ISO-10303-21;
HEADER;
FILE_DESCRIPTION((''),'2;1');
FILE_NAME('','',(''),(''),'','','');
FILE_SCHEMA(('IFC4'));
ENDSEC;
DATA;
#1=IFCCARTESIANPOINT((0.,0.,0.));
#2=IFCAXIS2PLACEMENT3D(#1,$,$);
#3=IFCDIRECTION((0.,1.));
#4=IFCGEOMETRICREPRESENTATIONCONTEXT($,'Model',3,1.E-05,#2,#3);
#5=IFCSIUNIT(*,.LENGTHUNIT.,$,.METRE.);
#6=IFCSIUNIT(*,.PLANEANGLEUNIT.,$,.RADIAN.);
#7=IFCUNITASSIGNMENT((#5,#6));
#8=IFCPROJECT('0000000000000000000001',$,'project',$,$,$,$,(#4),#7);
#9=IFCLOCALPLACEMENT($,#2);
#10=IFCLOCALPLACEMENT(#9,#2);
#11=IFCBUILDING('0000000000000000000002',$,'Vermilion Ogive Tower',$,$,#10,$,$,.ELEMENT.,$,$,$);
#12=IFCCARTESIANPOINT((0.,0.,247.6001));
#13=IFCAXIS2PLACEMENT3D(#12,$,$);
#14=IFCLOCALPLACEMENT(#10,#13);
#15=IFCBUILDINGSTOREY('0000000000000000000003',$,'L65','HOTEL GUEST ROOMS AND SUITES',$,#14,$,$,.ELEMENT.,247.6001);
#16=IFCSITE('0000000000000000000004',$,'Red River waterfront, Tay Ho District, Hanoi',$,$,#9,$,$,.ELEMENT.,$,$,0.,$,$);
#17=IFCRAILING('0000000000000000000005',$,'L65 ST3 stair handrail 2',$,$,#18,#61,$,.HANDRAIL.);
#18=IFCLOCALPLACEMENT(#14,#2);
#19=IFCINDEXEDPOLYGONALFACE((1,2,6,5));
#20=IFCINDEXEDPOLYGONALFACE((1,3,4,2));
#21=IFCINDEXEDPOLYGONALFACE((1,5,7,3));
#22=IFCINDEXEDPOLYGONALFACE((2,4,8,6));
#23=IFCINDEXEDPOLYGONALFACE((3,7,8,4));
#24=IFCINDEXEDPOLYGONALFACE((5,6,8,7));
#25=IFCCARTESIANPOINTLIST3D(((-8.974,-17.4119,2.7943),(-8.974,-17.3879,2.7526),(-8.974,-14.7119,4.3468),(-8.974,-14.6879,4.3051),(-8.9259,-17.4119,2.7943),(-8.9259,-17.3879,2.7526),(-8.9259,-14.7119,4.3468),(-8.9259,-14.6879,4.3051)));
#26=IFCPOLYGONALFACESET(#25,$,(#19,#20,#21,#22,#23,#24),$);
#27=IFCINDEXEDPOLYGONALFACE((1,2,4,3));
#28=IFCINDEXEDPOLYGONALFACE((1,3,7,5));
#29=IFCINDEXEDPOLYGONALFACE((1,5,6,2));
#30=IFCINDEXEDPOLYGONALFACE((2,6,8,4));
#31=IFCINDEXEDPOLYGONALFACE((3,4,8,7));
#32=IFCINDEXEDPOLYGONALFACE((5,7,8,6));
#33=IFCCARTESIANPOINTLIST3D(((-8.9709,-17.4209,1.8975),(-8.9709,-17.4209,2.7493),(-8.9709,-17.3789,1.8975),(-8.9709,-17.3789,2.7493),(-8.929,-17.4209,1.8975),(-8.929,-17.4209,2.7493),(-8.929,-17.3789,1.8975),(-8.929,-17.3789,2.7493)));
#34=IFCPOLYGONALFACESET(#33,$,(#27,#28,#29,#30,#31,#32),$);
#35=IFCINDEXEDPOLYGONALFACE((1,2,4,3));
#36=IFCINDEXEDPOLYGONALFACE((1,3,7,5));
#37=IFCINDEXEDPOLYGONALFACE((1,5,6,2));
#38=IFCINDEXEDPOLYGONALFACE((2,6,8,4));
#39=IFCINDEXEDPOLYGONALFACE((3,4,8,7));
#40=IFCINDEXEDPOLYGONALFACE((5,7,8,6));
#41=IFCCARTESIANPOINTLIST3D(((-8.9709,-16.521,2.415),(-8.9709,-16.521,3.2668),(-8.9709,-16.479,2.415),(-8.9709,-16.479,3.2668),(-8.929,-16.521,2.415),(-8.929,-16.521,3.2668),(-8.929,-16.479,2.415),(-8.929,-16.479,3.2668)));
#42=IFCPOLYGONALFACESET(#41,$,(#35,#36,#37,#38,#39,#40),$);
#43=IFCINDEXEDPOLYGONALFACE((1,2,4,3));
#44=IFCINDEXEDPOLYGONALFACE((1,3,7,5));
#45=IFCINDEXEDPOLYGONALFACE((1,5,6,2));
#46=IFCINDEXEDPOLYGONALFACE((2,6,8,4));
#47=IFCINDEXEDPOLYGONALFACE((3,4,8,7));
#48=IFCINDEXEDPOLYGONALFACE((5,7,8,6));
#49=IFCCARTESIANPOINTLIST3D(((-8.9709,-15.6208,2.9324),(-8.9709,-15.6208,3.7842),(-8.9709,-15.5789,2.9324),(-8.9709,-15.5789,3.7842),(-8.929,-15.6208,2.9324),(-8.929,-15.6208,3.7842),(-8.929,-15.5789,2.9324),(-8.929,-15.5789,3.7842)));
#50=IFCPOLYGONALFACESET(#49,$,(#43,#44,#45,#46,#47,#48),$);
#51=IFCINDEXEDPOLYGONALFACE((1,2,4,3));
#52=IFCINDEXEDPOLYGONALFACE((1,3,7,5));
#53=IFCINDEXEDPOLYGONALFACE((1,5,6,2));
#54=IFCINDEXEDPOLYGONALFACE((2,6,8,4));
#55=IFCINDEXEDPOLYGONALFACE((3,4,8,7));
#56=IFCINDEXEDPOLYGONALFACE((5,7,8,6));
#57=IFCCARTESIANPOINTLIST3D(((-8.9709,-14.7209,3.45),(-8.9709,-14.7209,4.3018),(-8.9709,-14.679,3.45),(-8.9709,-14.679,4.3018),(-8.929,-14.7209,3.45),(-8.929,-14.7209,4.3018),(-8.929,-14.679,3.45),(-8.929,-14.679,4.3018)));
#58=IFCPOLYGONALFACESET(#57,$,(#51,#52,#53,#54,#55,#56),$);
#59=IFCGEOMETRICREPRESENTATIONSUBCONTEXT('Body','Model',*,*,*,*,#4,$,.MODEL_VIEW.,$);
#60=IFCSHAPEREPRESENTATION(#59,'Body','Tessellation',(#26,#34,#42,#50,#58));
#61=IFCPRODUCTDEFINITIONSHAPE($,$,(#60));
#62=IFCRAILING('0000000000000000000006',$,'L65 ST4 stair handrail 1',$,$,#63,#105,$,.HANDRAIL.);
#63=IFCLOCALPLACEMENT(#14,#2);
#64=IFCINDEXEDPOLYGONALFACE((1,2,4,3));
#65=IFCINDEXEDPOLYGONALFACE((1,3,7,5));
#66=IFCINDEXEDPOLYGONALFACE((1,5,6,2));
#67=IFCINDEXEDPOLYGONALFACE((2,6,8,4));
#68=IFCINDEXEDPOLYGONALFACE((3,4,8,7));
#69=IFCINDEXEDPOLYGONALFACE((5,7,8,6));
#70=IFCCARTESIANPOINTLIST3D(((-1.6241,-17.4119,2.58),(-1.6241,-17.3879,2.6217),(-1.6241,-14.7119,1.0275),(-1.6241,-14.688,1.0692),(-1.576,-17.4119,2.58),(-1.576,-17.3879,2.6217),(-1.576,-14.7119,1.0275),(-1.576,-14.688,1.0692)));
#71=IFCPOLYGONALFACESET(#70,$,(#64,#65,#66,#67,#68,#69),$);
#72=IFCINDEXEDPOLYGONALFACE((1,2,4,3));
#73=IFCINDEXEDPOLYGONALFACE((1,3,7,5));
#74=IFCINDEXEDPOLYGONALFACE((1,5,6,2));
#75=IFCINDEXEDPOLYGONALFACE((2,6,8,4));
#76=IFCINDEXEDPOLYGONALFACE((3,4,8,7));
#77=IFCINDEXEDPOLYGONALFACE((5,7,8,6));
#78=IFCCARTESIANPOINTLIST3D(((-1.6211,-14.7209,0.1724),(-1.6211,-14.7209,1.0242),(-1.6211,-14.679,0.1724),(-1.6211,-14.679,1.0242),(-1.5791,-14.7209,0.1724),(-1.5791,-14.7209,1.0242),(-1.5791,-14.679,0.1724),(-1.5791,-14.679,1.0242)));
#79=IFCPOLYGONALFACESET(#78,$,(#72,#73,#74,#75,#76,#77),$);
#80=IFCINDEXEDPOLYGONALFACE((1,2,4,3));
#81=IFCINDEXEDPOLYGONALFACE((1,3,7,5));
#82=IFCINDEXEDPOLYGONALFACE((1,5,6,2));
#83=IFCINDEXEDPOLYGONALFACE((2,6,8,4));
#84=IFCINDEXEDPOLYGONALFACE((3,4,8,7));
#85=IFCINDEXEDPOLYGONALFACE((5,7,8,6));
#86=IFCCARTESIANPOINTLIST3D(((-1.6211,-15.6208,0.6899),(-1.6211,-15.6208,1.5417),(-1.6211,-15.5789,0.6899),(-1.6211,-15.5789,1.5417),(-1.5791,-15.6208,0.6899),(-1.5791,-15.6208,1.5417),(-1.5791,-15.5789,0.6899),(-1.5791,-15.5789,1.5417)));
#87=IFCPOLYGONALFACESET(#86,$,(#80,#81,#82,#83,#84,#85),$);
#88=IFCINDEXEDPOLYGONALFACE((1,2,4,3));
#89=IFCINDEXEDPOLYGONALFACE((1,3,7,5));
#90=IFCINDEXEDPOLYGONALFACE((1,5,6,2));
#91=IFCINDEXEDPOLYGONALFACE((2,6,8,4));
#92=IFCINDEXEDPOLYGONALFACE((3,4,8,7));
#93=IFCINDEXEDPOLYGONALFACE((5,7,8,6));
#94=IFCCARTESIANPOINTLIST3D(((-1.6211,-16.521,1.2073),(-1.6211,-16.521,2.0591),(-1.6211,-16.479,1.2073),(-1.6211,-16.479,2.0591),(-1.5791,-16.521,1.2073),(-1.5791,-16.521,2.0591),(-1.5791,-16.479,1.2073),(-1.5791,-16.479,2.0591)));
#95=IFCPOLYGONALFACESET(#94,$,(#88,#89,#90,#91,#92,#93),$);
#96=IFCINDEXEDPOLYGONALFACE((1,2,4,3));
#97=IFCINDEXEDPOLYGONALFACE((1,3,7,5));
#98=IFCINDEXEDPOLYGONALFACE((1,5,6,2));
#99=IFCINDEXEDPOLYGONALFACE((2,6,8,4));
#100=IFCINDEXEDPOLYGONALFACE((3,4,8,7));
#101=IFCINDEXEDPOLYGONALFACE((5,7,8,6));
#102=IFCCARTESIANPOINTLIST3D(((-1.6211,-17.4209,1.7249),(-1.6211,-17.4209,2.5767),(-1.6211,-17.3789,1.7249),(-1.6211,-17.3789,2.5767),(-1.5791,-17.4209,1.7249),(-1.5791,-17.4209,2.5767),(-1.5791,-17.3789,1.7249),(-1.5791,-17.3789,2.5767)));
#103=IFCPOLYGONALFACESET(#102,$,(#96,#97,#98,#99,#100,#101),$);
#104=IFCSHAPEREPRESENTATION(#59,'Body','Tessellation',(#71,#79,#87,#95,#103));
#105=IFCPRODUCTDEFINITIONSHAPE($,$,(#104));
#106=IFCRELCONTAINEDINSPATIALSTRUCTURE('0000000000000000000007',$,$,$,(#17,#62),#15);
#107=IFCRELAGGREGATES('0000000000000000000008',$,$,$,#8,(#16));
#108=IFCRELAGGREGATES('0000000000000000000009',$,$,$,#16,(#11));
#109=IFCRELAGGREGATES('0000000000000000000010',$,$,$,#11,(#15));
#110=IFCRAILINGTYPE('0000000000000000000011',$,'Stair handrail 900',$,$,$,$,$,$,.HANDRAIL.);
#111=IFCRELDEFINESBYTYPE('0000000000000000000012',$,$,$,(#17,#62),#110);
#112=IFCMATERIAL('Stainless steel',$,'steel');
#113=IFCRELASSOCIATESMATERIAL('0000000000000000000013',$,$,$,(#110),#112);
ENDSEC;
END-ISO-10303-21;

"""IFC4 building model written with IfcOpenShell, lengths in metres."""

from ifc_helpers import new_model, si_unit, direction, frame, origin, origin_2d, place, context, subcontext, project, spatial, rectangle, extrude, material, type_object, element, save


model = new_model("IFC4")

# Units and contexts
model_context = context("Model", 3, precision=1e-05, world=origin(), true_north=direction((0.0, 1.0)))
body_context = subcontext(model_context, "Body", "Model", "MODEL_VIEW")
ifc_project = project(units=[si_unit("LENGTHUNIT", "METRE"), si_unit("PLANEANGLEUNIT", "RADIAN")], contexts=[model_context])

# Site, building, storey
site_placement = place(None, origin())
site = spatial("IfcSite", under=ifc_project, at=site_placement, Name="Red River waterfront, Tay Ho District, Hanoi", CompositionType="ELEMENT", RefElevation=0.0)
building_placement = place(site_placement, origin())
building = spatial("IfcBuilding", under=site, at=building_placement, Name="Vermilion Ogive Tower", CompositionType="ELEMENT")
storey_placement = place(building_placement, frame((0.0, 0.0, 247.6001)))
storey = spatial("IfcBuildingStorey", under=building, at=storey_placement, Name="L65", Description="HOTEL GUEST ROOMS AND SUITES", CompositionType="ELEMENT", Elevation=247.6001)

# Railings
ifc_material_1 = material(Name="Stainless steel", Category="steel")
railing_type_1 = type_object("IfcRailingType", Name="Stair handrail 900", PredefinedType="HANDRAIL", material=ifc_material_1)
railing_1_placement = place(storey_placement, frame((-8.95, -17.3999, 1.8975)))
element("IfcRailing", 1, at=railing_1_placement, inside=storey, type_object=railing_type_1, Name="L65 ST3 stair handrail 2", PredefinedType="HANDRAIL", context=body_context, shape_type="SweptSolid", body=[
    extrude(rectangle(XDim=0.0481, YDim=0.0481, at=origin_2d()), frame((0.0, 0.0, 0.876), z_axis=(0.0, 0.866904, 0.498476), x_axis=(-1.0, 0.0, 0.0)), (0.0, 0.0, 1.0), 3.1145),
    extrude(rectangle(XDim=0.042, YDim=0.042, at=origin_2d()), origin(), (0.0, 0.0, 1.0), 0.8518),
    extrude(rectangle(XDim=0.042, YDim=0.042, at=origin_2d()), frame((0.0, 0.8999, 0.5176)), (0.0, 0.0, 1.0), 0.8518),
    extrude(rectangle(XDim=0.042, YDim=0.042, at=origin_2d()), frame((0.0, 1.8, 1.0349)), (0.0, 0.0, 1.0), 0.8518),
    extrude(rectangle(XDim=0.042, YDim=0.042, at=origin_2d()), frame((0.0, 2.7, 1.5525)), (0.0, 0.0, 1.0), 0.8518),
])
railing_2_placement = place(storey_placement, frame((-1.6001, -14.7, 0.1724)))
element("IfcRailing", 2, at=railing_2_placement, inside=storey, type_object=railing_type_1, Name="L65 ST4 stair handrail 1", PredefinedType="HANDRAIL", context=body_context, shape_type="SweptSolid", body=[
    extrude(rectangle(XDim=0.0481, YDim=0.0481, at=origin_2d()), frame((0.0, 0.0, 0.876), z_axis=(0.0, -0.866904, 0.498476), x_axis=(1.0, 0.0, 0.0)), (0.0, 0.0, 1.0), 3.1145),
    extrude(rectangle(XDim=0.042, YDim=0.042, at=origin_2d()), origin(), (0.0, 0.0, 1.0), 0.8518),
    extrude(rectangle(XDim=0.042, YDim=0.042, at=origin_2d()), frame((0.0, -0.8999, 0.5176)), (0.0, 0.0, 1.0), 0.8518),
    extrude(rectangle(XDim=0.042, YDim=0.042, at=origin_2d()), frame((0.0, -1.8, 1.0349)), (0.0, 0.0, 1.0), 0.8518),
    extrude(rectangle(XDim=0.042, YDim=0.042, at=origin_2d()), frame((0.0, -2.7, 1.5525)), (0.0, 0.0, 1.0), 0.8518),
])

save(model, "model.ifc")
